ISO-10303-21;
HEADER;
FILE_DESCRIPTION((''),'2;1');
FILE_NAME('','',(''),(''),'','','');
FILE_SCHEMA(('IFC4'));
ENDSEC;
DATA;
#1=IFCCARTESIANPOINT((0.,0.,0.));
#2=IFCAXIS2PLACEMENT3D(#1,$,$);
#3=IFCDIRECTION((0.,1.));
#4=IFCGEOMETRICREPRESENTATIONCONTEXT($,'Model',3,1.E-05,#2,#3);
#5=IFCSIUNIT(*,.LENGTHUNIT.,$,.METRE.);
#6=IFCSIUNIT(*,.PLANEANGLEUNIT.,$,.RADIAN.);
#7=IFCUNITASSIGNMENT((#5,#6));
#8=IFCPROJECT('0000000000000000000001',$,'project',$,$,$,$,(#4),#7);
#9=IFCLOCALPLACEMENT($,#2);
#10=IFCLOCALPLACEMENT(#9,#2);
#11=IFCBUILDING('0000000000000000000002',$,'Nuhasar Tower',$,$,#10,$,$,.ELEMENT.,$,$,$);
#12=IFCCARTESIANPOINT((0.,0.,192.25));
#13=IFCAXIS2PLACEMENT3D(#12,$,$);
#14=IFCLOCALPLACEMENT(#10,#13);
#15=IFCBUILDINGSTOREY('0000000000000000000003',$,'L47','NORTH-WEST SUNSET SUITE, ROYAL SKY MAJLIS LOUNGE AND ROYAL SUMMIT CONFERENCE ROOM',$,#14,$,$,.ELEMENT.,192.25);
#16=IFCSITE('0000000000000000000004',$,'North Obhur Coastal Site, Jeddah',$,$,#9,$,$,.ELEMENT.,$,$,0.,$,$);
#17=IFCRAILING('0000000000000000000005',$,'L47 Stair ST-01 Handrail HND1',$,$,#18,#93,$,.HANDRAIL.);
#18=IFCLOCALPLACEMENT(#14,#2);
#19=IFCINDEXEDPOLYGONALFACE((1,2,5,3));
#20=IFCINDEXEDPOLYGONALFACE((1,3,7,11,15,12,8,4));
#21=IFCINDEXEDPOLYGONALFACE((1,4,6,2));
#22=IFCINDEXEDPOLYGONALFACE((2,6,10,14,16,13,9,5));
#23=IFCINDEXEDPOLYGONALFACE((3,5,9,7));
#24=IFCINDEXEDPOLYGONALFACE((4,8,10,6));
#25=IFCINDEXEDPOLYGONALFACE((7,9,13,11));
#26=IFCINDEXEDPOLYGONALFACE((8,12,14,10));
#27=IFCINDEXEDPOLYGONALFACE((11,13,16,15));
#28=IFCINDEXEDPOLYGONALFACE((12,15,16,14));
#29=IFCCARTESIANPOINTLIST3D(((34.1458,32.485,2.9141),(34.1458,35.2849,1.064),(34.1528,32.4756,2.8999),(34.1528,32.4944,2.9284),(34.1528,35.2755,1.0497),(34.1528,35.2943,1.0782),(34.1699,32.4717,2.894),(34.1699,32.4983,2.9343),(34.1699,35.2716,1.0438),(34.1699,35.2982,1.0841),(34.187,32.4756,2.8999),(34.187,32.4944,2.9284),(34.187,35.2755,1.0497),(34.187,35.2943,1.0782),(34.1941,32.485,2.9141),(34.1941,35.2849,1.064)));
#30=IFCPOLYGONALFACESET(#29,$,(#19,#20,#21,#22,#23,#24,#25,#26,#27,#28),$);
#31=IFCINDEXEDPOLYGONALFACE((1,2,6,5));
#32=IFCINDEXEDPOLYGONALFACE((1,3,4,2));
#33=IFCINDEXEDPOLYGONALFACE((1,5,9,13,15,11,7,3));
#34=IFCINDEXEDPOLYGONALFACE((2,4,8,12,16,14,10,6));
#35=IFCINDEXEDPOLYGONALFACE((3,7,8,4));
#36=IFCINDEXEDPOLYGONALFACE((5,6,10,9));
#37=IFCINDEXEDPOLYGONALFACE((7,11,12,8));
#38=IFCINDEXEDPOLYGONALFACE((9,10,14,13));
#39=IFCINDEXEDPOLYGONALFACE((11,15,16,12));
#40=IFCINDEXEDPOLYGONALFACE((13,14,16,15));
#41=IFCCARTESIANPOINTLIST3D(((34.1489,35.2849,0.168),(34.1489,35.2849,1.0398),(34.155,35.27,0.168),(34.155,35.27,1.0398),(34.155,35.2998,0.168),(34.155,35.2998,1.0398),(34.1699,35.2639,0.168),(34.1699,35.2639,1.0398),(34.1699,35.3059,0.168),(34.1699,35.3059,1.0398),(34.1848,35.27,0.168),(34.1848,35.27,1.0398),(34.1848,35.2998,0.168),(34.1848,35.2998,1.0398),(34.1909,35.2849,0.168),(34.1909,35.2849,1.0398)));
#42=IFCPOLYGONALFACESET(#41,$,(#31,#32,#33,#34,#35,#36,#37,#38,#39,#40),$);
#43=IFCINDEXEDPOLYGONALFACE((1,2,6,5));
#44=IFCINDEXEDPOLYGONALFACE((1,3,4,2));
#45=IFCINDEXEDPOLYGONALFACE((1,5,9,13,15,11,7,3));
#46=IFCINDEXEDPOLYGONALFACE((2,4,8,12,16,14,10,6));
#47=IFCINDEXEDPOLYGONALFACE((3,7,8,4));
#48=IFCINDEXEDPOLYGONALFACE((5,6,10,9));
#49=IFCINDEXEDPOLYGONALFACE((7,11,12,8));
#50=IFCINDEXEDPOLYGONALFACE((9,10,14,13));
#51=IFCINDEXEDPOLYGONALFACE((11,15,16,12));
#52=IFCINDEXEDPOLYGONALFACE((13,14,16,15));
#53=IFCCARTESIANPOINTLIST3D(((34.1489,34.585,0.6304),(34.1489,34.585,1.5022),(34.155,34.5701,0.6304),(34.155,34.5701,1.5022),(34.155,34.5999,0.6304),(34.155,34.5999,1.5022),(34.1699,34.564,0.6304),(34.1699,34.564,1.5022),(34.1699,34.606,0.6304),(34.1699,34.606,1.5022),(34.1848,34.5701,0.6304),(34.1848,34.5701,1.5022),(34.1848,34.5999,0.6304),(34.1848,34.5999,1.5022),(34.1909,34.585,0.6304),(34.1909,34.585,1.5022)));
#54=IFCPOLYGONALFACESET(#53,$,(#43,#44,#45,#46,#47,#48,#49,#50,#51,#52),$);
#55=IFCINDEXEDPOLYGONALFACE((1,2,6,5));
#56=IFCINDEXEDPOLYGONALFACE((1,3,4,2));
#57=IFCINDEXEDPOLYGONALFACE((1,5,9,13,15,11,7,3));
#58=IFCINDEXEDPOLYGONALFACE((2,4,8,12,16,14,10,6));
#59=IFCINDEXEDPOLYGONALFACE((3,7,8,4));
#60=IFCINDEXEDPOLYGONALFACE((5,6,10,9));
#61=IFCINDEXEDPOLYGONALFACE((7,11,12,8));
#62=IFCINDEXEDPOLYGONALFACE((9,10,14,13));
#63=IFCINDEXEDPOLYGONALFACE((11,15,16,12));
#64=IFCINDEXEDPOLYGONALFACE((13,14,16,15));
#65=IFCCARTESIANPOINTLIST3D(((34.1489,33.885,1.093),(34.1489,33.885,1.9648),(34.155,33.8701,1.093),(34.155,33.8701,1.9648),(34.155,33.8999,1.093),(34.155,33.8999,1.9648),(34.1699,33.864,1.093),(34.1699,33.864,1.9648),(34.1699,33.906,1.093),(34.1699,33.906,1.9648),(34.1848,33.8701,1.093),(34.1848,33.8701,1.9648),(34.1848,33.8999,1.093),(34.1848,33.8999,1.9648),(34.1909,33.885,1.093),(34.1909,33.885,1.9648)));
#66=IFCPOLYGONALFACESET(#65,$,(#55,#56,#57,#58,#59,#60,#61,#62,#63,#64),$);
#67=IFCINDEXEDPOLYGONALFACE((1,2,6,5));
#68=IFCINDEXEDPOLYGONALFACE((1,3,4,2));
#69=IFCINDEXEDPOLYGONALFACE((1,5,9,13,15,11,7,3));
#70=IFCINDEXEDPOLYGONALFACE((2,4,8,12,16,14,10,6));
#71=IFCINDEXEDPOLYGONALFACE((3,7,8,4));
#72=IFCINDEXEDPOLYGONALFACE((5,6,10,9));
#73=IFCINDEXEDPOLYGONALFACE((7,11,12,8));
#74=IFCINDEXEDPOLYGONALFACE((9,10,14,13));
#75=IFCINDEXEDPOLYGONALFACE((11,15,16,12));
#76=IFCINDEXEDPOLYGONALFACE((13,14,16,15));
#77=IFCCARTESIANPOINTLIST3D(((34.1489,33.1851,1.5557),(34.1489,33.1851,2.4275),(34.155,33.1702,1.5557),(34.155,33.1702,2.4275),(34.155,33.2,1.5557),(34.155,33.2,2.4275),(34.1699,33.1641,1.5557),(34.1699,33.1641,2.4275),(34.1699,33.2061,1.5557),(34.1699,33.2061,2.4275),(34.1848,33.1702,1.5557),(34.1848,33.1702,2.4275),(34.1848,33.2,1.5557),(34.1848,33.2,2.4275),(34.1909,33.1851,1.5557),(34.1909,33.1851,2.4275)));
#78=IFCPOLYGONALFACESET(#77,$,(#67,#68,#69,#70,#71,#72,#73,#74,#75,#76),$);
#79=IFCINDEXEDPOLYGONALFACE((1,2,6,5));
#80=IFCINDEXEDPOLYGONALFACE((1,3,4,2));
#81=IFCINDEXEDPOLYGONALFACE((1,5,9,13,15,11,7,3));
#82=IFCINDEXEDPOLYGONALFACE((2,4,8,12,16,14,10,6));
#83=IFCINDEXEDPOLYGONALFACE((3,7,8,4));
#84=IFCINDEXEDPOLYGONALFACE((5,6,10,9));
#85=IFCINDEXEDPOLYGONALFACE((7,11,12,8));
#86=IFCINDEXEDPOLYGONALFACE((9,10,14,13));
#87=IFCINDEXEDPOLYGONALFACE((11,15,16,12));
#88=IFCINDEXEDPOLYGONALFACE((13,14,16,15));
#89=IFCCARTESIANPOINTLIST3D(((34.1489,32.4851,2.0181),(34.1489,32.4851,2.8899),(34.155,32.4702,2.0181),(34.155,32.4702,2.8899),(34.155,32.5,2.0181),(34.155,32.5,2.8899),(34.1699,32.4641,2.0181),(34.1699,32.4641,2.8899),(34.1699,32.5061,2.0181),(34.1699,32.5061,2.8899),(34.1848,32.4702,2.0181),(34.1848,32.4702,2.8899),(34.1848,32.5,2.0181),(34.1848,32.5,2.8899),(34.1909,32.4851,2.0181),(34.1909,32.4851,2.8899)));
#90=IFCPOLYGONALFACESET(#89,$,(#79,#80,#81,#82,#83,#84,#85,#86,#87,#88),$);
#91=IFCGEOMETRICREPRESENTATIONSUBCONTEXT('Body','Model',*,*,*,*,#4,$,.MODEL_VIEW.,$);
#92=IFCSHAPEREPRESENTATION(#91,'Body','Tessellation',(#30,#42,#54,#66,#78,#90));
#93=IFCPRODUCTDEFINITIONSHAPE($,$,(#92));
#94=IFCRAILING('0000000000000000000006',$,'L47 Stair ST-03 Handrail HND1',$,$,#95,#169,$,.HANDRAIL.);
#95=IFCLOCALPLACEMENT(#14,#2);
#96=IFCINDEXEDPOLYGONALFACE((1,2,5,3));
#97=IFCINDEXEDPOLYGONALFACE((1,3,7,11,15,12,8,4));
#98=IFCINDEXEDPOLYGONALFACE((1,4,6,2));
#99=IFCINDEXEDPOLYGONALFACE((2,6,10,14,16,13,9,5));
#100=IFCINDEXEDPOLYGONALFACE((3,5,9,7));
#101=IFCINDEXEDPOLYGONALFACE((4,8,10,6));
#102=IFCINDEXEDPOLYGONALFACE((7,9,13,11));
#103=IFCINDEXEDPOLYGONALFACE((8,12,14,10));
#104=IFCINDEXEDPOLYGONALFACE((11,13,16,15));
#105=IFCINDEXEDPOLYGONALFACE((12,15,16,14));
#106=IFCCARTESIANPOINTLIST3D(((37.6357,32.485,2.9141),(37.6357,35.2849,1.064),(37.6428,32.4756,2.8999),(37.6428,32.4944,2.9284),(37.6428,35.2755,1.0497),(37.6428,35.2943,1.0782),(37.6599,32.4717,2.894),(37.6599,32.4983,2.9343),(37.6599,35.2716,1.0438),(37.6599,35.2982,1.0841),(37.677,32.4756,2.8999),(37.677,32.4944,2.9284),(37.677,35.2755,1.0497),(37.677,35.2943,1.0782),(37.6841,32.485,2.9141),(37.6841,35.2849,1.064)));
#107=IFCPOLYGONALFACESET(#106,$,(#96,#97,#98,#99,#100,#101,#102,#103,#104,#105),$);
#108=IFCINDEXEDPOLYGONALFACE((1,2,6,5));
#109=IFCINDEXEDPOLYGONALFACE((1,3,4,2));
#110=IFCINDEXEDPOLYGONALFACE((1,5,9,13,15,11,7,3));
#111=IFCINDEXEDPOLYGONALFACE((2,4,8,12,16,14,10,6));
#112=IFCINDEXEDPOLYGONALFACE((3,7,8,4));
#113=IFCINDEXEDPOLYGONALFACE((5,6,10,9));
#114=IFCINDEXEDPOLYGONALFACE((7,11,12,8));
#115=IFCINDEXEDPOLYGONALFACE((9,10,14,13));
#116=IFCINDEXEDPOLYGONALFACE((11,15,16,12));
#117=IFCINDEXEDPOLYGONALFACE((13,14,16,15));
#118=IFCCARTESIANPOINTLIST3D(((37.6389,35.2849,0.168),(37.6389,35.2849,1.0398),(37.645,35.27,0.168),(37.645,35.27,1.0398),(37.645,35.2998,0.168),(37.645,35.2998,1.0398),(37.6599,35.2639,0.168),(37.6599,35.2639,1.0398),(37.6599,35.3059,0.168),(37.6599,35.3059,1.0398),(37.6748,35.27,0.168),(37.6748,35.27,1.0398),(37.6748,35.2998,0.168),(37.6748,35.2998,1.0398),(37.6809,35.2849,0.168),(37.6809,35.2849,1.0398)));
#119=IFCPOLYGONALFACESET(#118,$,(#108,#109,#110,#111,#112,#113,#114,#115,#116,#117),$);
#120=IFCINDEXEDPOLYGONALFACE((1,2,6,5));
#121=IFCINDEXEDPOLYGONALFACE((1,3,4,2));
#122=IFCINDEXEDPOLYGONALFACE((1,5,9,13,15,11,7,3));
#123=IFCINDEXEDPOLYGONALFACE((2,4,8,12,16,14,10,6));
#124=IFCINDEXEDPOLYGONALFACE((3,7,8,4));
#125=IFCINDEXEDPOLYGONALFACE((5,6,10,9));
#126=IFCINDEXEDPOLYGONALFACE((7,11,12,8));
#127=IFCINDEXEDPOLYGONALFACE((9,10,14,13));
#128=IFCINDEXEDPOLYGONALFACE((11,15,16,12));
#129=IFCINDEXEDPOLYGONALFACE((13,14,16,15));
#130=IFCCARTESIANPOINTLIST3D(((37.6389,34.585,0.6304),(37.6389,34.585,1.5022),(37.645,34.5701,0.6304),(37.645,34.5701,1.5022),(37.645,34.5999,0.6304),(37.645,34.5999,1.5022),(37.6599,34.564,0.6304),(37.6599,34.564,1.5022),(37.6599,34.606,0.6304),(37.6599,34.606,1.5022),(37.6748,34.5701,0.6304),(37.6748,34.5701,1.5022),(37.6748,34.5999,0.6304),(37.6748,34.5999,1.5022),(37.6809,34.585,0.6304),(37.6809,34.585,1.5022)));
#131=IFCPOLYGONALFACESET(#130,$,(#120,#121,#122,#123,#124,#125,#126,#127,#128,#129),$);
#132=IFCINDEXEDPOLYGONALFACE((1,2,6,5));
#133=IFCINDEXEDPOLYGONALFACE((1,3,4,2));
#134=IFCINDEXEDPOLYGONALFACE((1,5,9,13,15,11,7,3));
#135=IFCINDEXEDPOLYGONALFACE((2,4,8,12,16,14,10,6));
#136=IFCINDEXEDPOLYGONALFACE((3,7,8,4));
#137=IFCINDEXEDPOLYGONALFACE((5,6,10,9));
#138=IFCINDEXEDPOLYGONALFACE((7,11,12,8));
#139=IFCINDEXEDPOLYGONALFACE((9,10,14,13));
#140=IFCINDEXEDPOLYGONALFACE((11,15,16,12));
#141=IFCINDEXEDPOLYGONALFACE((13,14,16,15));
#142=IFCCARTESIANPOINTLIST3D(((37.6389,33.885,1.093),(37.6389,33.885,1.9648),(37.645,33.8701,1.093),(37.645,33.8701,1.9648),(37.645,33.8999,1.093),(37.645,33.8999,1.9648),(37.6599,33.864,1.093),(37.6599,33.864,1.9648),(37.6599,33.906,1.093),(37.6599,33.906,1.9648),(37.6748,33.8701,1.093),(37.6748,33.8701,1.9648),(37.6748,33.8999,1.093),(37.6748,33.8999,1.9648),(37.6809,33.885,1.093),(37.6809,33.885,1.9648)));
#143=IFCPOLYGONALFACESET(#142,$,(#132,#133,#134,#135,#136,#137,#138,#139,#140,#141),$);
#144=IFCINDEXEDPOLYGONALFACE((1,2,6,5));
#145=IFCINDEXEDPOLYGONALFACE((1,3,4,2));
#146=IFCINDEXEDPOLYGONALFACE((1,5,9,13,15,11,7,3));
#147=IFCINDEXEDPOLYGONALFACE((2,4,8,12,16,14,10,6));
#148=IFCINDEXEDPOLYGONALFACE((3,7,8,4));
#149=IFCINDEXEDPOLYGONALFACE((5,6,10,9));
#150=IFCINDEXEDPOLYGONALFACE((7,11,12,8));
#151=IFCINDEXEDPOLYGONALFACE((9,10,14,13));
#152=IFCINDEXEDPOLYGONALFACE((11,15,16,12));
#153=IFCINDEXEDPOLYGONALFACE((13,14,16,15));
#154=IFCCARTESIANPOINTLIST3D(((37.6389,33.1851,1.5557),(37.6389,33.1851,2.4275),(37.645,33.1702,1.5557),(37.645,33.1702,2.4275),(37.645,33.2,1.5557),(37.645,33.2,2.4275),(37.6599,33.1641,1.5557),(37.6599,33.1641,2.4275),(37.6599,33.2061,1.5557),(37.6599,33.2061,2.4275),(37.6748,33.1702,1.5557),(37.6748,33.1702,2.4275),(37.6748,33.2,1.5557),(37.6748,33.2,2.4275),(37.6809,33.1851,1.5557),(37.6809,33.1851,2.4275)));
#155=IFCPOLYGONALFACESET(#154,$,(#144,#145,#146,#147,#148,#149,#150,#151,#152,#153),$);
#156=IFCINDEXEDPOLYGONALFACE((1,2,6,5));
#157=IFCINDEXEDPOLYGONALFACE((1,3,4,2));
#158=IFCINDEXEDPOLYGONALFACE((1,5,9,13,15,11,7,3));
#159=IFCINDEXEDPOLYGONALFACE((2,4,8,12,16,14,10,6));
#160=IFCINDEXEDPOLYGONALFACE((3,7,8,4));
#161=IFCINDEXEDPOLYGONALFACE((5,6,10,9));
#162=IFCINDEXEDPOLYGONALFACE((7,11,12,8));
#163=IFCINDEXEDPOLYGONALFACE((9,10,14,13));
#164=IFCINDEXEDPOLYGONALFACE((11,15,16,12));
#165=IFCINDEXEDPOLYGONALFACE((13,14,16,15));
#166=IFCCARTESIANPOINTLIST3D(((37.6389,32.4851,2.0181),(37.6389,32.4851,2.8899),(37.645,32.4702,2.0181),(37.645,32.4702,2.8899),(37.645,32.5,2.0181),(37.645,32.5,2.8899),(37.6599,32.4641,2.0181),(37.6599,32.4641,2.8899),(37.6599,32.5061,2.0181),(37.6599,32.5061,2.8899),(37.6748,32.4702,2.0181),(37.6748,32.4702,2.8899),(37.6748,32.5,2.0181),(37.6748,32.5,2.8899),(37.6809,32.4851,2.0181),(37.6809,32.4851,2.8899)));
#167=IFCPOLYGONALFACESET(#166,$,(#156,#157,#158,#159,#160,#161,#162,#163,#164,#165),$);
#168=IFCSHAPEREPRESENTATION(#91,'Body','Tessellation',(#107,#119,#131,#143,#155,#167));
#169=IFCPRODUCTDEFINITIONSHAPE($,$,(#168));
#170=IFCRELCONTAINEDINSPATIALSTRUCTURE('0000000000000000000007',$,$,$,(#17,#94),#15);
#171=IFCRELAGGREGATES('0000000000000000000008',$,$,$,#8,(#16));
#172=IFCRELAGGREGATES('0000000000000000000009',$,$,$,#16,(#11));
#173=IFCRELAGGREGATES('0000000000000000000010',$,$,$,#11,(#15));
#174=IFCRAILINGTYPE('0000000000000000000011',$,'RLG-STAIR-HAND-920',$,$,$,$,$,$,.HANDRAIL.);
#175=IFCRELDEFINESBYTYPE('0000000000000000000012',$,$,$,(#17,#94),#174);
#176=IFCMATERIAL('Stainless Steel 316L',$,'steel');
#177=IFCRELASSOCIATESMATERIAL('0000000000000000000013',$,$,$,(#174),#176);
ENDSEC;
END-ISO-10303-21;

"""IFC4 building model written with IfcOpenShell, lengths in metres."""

from ifc_helpers import new_model, si_unit, direction, frame, origin, place, context, subcontext, project, spatial, polyline, outline, extrude, material, type_object, element, save


model = new_model("IFC4")

# Units and contexts
model_context = context("Model", 3, precision=1e-05, world=origin(), true_north=direction((0.0, 1.0)))
body_context = subcontext(model_context, "Body", "Model", "MODEL_VIEW")
ifc_project = project(units=[si_unit("LENGTHUNIT", "METRE"), si_unit("PLANEANGLEUNIT", "RADIAN")], contexts=[model_context])

# Site, building, storey
site_placement = place(None, origin())
site = spatial("IfcSite", under=ifc_project, at=site_placement, Name="North Obhur Coastal Site, Jeddah", CompositionType="ELEMENT", RefElevation=0.0)
building_placement = place(site_placement, origin())
building = spatial("IfcBuilding", under=site, at=building_placement, Name="Nuhasar Tower", CompositionType="ELEMENT")
storey_placement = place(building_placement, frame((0.0, 0.0, 192.25)))
storey = spatial("IfcBuildingStorey", under=building, at=storey_placement, Name="L47", Description="NORTH-WEST SUNSET SUITE, ROYAL SKY MAJLIS LOUNGE AND ROYAL SUMMIT CONFERENCE ROOM", CompositionType="ELEMENT", Elevation=192.25)

# Railings
ifc_material_1 = material(Name="Stainless Steel 316L", Category="steel")
railing_type_1 = type_object("IfcRailingType", Name="RLG-STAIR-HAND-920", PredefinedType="HANDRAIL", material=ifc_material_1)
railing_1_placement = place(storey_placement, frame((34.1699, 35.2849, 0.168)))
element("IfcRailing", 1, at=railing_1_placement, inside=storey, type_object=railing_type_1, Name="L47 Stair ST-01 Handrail HND1", PredefinedType="HANDRAIL", context=body_context, shape_type="SweptSolid", body=[
    extrude(outline(polyline([(0.0242, 0.0), (0.0171, 0.0171), (0.0, 0.0242), (-0.0171, 0.0171), (-0.0242, 0.0), (-0.0171, -0.0171), (0.0, -0.0242), (0.0171, -0.0171), (0.0242, 0.0)])), frame((0.0, 0.0, 0.896), z_axis=(0.0, -0.834304, 0.551304), x_axis=(1.0, 0.0, 0.0)), (0.0, 0.0, 1.0), 3.356),
    extrude(outline(polyline([(0.021, 0.0), (0.0149, 0.0149), (0.0, 0.021), (-0.0149, 0.0149), (-0.021, 0.0), (-0.0149, -0.0149), (0.0, -0.021), (0.0149, -0.0149), (0.021, 0.0)])), origin(), (0.0, 0.0, 1.0), 0.8718),
    extrude(outline(polyline([(0.021, 0.0), (0.0149, 0.0149), (0.0, 0.021), (-0.0149, 0.0149), (-0.021, 0.0), (-0.0149, -0.0149), (0.0, -0.021), (0.0149, -0.0149), (0.021, 0.0)])), frame((0.0, -0.7, 0.4624)), (0.0, 0.0, 1.0), 0.8718),
    extrude(outline(polyline([(0.021, 0.0), (0.0149, 0.0149), (0.0, 0.021), (-0.0149, 0.0149), (-0.021, 0.0), (-0.0149, -0.0149), (0.0, -0.021), (0.0149, -0.0149), (0.021, 0.0)])), frame((0.0, -1.3999, 0.925)), (0.0, 0.0, 1.0), 0.8718),
    extrude(outline(polyline([(0.021, 0.0), (0.0149, 0.0149), (0.0, 0.021), (-0.0149, 0.0149), (-0.021, 0.0), (-0.0149, -0.0149), (0.0, -0.021), (0.0149, -0.0149), (0.021, 0.0)])), frame((0.0, -2.0999, 1.3877)), (0.0, 0.0, 1.0), 0.8718),
    extrude(outline(polyline([(0.021, 0.0), (0.0149, 0.0149), (0.0, 0.021), (-0.0149, 0.0149), (-0.021, 0.0), (-0.0149, -0.0149), (0.0, -0.021), (0.0149, -0.0149), (0.021, 0.0)])), frame((0.0, -2.7998, 1.8501)), (0.0, 0.0, 1.0), 0.8718),
])
railing_2_placement = place(storey_placement, frame((37.6599, 35.2849, 0.168)))
element("IfcRailing", 2, at=railing_2_placement, inside=storey, type_object=railing_type_1, Name="L47 Stair ST-03 Handrail HND1", PredefinedType="HANDRAIL", context=body_context, shape_type="SweptSolid", body=[
    extrude(outline(polyline([(0.0242, 0.0), (0.0171, 0.0171), (0.0, 0.0242), (-0.0171, 0.0171), (-0.0242, 0.0), (-0.0171, -0.0171), (0.0, -0.0242), (0.0171, -0.0171), (0.0242, 0.0)])), frame((0.0, 0.0, 0.896), z_axis=(0.0, -0.834304, 0.551304), x_axis=(1.0, 0.0, 0.0)), (0.0, 0.0, 1.0), 3.356),
    extrude(outline(polyline([(0.021, 0.0), (0.0149, 0.0149), (0.0, 0.021), (-0.0149, 0.0149), (-0.021, 0.0), (-0.0149, -0.0149), (0.0, -0.021), (0.0149, -0.0149), (0.021, 0.0)])), origin(), (0.0, 0.0, 1.0), 0.8718),
    extrude(outline(polyline([(0.021, 0.0), (0.0149, 0.0149), (0.0, 0.021), (-0.0149, 0.0149), (-0.021, 0.0), (-0.0149, -0.0149), (0.0, -0.021), (0.0149, -0.0149), (0.021, 0.0)])), frame((0.0, -0.7, 0.4624)), (0.0, 0.0, 1.0), 0.8718),
    extrude(outline(polyline([(0.021, 0.0), (0.0149, 0.0149), (0.0, 0.021), (-0.0149, 0.0149), (-0.021, 0.0), (-0.0149, -0.0149), (0.0, -0.021), (0.0149, -0.0149), (0.021, 0.0)])), frame((0.0, -1.3999, 0.925)), (0.0, 0.0, 1.0), 0.8718),
    extrude(outline(polyline([(0.021, 0.0), (0.0149, 0.0149), (0.0, 0.021), (-0.0149, 0.0149), (-0.021, 0.0), (-0.0149, -0.0149), (0.0, -0.021), (0.0149, -0.0149), (0.021, 0.0)])), frame((0.0, -2.0999, 1.3877)), (0.0, 0.0, 1.0), 0.8718),
    extrude(outline(polyline([(0.021, 0.0), (0.0149, 0.0149), (0.0, 0.021), (-0.0149, 0.0149), (-0.021, 0.0), (-0.0149, -0.0149), (0.0, -0.021), (0.0149, -0.0149), (0.021, 0.0)])), frame((0.0, -2.7998, 1.8501)), (0.0, 0.0, 1.0), 0.8718),
])

save(model, "model.ifc")
